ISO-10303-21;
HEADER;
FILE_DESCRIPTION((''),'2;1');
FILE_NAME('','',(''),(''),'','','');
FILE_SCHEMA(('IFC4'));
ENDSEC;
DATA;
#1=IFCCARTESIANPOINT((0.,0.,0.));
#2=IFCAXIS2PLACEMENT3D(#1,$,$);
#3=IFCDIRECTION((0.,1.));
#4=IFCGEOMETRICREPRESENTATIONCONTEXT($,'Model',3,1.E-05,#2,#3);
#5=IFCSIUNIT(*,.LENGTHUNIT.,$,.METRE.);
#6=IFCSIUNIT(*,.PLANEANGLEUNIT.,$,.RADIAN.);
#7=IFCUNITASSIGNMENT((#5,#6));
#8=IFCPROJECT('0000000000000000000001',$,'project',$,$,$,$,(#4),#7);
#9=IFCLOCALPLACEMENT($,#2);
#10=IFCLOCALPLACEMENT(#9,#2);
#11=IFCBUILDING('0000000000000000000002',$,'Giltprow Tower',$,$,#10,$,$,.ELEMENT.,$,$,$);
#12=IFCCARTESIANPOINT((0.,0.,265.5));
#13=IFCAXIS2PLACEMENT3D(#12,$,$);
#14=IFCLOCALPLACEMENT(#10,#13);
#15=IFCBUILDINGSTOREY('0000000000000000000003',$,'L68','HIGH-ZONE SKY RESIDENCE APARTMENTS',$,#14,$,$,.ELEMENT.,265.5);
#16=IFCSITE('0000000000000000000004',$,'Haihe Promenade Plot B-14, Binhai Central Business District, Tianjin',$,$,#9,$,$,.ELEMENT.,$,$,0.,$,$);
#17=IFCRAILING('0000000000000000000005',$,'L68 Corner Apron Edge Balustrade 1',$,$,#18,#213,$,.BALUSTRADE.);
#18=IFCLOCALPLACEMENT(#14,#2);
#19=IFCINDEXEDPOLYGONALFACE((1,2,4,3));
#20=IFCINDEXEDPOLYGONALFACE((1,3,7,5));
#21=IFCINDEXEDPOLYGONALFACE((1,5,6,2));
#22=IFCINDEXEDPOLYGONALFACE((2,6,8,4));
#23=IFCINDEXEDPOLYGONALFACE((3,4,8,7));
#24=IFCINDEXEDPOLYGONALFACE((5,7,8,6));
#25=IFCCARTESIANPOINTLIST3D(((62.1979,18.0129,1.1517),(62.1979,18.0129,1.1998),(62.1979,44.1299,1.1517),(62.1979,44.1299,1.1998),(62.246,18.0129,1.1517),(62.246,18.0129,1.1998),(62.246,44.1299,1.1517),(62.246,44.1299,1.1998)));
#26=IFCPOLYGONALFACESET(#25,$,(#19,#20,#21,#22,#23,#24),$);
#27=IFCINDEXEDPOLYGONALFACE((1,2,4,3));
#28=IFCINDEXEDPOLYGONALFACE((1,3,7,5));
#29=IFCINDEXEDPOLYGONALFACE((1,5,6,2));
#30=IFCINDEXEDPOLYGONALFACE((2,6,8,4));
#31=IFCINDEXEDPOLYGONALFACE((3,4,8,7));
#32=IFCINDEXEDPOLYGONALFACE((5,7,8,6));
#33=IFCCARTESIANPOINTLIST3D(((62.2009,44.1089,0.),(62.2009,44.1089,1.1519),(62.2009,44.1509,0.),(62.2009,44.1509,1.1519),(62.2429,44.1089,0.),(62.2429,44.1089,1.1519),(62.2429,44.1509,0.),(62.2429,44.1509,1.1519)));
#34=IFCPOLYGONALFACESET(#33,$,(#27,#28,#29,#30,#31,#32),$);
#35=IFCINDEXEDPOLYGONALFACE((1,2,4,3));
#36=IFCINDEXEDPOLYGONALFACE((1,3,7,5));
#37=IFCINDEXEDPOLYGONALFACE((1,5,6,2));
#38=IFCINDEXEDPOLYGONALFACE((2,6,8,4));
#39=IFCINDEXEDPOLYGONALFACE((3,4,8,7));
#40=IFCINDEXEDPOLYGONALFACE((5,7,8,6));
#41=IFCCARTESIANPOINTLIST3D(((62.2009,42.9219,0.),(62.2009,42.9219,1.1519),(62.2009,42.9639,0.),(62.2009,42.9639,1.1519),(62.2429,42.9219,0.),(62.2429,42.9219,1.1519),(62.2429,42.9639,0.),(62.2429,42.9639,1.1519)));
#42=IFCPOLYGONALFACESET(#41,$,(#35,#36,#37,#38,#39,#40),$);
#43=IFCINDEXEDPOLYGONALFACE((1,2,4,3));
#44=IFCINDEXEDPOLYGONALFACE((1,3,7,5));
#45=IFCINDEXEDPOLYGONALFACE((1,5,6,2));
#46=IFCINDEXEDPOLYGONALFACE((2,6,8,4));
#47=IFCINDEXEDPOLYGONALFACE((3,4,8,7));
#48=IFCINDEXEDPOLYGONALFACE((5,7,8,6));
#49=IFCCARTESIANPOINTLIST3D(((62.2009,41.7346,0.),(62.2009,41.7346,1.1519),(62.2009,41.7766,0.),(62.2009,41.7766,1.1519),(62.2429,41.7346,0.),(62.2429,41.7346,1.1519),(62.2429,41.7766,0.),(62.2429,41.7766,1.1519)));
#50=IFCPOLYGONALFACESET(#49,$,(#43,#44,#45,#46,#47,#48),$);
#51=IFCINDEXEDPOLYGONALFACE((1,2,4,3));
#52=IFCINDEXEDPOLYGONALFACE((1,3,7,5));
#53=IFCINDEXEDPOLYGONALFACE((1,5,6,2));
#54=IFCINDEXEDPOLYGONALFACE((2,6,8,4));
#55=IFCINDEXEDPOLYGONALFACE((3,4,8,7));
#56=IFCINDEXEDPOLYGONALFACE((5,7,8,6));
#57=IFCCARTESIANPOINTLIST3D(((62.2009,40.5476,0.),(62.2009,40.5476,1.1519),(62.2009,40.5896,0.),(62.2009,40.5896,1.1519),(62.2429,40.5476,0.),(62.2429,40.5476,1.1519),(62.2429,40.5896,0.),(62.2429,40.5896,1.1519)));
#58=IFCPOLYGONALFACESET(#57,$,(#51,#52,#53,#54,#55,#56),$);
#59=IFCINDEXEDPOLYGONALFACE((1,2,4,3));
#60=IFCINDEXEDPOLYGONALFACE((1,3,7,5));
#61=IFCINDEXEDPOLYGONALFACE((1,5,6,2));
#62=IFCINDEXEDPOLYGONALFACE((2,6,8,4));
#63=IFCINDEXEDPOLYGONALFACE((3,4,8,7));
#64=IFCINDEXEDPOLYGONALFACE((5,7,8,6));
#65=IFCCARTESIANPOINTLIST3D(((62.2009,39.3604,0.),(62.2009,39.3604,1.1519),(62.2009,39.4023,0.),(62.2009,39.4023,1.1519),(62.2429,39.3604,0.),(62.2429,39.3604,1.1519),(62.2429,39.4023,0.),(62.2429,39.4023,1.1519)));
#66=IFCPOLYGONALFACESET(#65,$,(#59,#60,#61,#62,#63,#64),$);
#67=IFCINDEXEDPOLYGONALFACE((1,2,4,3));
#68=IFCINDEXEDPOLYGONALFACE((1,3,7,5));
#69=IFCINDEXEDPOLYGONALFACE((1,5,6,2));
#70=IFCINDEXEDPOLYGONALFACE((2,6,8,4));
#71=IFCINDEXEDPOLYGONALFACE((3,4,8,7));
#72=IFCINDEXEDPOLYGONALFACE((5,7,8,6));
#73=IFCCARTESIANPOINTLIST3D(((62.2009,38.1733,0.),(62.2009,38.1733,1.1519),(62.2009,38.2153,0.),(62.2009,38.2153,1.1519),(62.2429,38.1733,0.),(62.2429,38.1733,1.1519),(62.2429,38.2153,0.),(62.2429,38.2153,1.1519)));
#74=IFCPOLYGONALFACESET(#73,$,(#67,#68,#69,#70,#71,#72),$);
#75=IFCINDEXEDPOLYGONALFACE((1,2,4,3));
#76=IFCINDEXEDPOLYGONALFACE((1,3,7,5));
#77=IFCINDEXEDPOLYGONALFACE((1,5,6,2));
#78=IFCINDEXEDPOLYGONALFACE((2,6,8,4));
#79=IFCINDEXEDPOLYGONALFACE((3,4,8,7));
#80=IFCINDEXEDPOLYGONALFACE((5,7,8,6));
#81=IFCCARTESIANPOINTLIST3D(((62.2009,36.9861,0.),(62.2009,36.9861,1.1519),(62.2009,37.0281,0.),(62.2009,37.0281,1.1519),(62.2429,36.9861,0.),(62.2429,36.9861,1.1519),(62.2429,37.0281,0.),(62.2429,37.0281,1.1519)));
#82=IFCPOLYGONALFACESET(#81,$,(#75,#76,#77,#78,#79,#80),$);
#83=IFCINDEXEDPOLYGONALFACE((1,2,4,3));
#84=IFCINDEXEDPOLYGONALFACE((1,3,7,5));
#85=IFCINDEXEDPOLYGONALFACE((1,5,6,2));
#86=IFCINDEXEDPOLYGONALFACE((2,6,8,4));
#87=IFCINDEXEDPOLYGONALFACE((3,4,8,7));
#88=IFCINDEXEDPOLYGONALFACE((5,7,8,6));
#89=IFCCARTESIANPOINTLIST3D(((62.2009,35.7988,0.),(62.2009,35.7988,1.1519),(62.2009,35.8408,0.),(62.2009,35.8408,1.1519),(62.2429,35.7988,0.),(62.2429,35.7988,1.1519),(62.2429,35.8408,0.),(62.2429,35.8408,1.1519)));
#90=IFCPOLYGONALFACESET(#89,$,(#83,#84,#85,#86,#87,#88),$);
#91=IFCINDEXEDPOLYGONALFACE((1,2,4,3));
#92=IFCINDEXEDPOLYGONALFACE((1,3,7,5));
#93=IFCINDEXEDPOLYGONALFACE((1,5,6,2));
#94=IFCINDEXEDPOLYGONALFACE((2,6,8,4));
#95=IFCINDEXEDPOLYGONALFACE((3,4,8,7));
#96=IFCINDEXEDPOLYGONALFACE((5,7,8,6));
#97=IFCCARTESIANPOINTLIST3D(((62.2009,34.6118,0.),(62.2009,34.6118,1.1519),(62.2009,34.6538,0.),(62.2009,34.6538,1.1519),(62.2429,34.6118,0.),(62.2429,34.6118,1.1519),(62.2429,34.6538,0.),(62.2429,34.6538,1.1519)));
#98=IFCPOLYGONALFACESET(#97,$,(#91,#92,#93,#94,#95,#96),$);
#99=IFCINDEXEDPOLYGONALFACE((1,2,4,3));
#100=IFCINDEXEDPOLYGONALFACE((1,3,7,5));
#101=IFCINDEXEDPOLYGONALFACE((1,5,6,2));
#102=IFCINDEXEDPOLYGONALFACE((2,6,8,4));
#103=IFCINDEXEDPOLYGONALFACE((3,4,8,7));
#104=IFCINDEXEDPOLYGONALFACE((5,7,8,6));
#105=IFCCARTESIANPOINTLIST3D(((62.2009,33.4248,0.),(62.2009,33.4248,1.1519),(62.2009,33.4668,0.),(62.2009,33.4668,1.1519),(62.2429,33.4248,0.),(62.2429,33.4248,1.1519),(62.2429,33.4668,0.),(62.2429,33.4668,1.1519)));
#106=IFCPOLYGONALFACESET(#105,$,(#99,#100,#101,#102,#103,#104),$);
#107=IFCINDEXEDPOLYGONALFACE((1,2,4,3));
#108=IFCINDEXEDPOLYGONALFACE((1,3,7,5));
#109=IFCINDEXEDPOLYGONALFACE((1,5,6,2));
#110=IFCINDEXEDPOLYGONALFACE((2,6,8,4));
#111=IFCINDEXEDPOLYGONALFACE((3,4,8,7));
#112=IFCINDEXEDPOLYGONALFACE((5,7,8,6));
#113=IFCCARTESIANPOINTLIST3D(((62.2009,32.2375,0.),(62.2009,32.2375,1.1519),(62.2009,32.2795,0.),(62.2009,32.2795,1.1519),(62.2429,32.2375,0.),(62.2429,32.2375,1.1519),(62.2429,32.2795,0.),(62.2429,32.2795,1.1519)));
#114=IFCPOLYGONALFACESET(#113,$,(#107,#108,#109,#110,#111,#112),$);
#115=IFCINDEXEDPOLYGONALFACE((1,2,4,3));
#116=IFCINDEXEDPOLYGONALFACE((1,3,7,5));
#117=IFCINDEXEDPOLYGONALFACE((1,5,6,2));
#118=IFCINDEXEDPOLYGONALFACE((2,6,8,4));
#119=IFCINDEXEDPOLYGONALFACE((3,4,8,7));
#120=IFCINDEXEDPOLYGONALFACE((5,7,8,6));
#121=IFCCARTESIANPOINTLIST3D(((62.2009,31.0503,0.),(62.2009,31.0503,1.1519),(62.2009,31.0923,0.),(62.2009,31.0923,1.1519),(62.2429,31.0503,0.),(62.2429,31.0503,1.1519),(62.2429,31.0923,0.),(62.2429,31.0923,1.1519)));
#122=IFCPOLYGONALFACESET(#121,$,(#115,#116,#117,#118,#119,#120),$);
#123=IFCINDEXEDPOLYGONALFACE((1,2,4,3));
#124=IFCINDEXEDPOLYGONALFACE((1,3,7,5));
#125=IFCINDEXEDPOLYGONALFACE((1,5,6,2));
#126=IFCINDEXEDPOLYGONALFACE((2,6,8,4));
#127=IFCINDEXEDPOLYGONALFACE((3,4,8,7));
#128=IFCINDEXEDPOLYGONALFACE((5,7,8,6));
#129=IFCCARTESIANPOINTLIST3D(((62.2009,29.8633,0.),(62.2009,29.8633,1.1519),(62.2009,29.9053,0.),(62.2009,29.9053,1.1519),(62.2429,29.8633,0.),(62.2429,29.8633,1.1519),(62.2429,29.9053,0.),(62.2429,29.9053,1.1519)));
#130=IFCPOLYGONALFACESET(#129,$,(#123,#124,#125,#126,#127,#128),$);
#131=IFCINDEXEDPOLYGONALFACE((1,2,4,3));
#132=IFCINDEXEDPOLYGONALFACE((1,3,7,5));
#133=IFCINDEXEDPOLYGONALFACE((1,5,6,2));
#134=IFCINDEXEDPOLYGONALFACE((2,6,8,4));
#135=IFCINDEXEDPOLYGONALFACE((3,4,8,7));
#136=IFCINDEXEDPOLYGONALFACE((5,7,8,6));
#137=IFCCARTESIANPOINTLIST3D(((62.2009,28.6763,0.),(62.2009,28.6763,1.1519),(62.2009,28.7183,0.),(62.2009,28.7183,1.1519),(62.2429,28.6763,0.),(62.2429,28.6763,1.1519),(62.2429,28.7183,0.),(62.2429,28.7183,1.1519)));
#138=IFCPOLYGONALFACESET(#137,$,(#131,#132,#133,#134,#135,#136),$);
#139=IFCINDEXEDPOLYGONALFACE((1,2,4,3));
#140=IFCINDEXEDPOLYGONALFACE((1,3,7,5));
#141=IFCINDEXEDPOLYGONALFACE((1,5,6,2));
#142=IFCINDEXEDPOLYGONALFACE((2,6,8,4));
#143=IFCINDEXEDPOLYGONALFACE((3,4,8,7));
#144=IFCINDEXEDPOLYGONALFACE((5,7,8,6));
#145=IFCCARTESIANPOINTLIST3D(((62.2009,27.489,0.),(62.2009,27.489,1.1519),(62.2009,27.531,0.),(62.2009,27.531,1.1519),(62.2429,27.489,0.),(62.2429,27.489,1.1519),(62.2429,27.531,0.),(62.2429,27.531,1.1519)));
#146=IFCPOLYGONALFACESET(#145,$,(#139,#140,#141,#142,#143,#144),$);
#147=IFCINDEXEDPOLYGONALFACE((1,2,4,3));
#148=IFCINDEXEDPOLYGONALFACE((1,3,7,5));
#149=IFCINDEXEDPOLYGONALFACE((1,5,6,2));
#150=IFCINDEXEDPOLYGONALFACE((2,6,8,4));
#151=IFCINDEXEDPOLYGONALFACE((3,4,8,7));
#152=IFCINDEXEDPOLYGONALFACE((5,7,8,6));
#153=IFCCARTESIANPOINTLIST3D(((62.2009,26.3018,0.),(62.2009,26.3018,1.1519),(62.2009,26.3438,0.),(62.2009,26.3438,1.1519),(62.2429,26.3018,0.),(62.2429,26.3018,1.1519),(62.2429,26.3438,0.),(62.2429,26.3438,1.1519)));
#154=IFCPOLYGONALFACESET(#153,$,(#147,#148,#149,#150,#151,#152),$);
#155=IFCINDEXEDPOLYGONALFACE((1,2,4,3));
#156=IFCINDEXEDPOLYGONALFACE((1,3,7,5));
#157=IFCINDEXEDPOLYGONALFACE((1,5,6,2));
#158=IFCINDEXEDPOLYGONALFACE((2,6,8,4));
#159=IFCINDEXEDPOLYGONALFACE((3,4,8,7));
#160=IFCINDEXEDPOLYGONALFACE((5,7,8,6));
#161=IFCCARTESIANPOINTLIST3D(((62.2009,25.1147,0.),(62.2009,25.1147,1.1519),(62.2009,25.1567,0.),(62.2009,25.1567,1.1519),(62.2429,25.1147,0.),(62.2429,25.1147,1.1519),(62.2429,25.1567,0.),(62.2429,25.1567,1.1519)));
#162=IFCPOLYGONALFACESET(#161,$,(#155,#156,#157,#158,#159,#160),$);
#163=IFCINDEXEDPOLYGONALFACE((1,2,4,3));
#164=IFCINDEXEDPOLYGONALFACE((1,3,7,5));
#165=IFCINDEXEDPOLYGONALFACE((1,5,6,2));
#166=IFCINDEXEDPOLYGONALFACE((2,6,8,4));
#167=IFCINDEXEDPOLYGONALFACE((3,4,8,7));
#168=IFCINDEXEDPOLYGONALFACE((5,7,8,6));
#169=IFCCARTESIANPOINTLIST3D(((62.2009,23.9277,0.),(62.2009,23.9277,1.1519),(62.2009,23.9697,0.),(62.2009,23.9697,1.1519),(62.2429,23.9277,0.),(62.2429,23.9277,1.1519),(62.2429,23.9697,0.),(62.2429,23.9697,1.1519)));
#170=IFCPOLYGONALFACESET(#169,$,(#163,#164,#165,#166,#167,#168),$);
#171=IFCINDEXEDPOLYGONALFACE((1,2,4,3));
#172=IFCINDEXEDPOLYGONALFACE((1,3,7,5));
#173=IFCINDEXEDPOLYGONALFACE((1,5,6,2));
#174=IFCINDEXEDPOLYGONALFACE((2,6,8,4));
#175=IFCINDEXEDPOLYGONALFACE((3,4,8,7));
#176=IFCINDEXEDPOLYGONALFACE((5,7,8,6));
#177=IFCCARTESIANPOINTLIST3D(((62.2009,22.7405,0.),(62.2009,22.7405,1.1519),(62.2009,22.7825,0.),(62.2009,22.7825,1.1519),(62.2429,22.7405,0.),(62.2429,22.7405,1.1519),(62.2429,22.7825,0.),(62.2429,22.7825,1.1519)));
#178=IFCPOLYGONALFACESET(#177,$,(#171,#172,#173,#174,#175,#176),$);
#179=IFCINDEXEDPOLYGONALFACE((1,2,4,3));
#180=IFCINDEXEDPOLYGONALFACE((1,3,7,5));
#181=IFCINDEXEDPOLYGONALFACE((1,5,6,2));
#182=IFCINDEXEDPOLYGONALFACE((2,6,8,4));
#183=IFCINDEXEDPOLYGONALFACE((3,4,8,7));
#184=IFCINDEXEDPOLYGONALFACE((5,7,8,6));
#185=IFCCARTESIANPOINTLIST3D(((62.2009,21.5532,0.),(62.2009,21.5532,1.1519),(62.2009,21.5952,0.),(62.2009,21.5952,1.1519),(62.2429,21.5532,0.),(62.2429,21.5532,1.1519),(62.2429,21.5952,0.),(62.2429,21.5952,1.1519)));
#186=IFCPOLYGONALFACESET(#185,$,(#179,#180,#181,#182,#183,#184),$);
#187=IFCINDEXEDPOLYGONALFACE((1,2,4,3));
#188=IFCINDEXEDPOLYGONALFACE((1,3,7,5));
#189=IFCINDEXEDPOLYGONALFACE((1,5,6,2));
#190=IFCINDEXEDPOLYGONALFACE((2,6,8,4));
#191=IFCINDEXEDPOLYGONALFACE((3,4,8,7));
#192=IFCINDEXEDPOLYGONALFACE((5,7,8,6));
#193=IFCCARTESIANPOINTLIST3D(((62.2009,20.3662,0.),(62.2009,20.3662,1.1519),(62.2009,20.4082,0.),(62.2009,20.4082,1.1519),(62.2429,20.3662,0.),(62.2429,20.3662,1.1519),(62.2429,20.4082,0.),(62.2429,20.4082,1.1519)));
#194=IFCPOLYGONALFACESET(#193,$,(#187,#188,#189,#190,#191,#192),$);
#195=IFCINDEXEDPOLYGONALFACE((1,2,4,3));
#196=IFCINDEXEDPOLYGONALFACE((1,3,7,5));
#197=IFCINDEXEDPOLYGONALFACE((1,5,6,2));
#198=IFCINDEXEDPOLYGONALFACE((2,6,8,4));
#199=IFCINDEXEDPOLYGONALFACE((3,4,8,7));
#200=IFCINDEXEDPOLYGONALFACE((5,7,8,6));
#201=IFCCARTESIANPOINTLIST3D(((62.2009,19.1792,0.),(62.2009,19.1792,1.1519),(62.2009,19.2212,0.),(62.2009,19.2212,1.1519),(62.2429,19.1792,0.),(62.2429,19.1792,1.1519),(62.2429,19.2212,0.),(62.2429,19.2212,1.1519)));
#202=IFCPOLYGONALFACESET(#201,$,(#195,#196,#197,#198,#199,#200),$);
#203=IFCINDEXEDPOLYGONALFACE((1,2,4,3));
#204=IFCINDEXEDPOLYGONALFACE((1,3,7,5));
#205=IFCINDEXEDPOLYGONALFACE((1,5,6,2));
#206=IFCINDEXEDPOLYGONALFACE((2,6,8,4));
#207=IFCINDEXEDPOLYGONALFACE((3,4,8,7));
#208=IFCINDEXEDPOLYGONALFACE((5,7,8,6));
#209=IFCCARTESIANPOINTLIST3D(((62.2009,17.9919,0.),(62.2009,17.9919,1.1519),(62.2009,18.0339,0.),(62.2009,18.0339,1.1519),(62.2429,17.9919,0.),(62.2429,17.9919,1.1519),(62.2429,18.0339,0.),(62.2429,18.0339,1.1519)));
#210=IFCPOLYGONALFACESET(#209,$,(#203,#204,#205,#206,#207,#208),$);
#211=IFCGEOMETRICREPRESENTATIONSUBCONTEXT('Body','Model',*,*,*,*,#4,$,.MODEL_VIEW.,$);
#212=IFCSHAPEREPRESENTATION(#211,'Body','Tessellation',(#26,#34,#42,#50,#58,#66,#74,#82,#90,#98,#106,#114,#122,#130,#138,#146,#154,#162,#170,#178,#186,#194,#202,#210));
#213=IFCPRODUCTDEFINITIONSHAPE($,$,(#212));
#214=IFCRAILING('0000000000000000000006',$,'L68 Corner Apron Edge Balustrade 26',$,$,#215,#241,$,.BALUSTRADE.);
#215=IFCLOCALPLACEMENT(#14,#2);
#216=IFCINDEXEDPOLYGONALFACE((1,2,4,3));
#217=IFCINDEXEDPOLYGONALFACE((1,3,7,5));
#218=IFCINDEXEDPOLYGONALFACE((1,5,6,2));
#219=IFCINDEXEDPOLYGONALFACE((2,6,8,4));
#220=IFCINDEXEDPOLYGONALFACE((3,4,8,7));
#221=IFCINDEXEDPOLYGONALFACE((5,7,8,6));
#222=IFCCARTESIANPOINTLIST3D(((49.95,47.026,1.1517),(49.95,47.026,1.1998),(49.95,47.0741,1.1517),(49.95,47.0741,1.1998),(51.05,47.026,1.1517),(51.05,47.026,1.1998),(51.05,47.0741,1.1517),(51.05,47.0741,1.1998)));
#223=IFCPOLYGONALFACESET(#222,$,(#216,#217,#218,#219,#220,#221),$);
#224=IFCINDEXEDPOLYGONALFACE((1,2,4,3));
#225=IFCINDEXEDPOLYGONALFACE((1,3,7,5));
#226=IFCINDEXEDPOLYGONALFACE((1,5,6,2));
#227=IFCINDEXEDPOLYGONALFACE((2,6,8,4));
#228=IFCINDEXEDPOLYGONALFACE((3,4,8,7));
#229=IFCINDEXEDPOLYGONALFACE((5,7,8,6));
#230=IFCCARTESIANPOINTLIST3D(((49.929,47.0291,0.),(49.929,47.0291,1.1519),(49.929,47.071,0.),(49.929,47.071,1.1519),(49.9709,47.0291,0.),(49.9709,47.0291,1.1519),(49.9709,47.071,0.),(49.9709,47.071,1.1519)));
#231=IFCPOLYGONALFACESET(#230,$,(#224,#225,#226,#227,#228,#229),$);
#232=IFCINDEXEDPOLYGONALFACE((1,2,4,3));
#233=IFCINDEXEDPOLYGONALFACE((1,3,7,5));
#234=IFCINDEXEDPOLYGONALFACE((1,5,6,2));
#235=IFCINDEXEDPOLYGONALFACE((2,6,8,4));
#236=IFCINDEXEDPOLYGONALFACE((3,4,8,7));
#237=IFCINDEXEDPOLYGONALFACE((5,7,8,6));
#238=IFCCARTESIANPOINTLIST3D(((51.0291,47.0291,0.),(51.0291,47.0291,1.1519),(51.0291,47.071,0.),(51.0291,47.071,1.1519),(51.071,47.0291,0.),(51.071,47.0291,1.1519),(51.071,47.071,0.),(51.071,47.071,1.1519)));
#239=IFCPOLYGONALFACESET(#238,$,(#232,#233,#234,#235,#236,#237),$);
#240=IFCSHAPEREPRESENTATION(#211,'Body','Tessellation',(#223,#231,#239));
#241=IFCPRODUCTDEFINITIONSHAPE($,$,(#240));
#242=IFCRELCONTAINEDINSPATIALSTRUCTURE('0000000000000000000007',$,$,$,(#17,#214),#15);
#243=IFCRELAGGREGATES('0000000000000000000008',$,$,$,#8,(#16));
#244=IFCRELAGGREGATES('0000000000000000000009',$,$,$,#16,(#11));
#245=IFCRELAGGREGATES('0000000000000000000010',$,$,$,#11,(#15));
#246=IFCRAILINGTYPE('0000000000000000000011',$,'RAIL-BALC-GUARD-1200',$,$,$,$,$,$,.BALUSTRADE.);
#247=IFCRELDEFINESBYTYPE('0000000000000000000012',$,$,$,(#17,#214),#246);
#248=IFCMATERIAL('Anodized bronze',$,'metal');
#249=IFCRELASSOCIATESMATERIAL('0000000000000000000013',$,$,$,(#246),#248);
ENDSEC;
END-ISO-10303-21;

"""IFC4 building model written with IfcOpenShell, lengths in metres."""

from ifc_helpers import new_model, si_unit, direction, frame, origin, origin_2d, place, context, subcontext, project, spatial, rectangle, extrude, material, type_object, element, save


model = new_model("IFC4")

# Units and contexts
model_context = context("Model", 3, precision=1e-05, world=origin(), true_north=direction((0.0, 1.0)))
body_context = subcontext(model_context, "Body", "Model", "MODEL_VIEW")
ifc_project = project(units=[si_unit("LENGTHUNIT", "METRE"), si_unit("PLANEANGLEUNIT", "RADIAN")], contexts=[model_context])

# Site, building, storey
site_placement = place(None, origin())
site = spatial("IfcSite", under=ifc_project, at=site_placement, Name="Haihe Promenade Plot B-14, Binhai Central Business District, Tianjin", CompositionType="ELEMENT", RefElevation=0.0)
building_placement = place(site_placement, origin())
building = spatial("IfcBuilding", under=site, at=building_placement, Name="Giltprow Tower", CompositionType="ELEMENT")
storey_placement = place(building_placement, frame((0.0, 0.0, 265.5)))
storey = spatial("IfcBuildingStorey", under=building, at=storey_placement, Name="L68", Description="HIGH-ZONE SKY RESIDENCE APARTMENTS", CompositionType="ELEMENT", Elevation=265.5)

# Railings
ifc_material_1 = material(Name="Anodized bronze", Category="metal")
railing_type = type_object("IfcRailingType", Name="RAIL-BALC-GUARD-1200", PredefinedType="BALUSTRADE", material=ifc_material_1)
railing_1_placement = place(storey_placement, frame((62.2219, 44.1299, 0.0)))
element("IfcRailing", 1, at=railing_1_placement, inside=storey, type_object=railing_type, Name="L68 Corner Apron Edge Balustrade 1", PredefinedType="BALUSTRADE", context=body_context, shape_type="SweptSolid", body=[
    extrude(rectangle(XDim=0.0481, YDim=0.0481, at=origin_2d()), frame((0.0, 0.0, 1.1758), z_axis=(0.0, -1.0, 0.0), x_axis=(1.0, 0.0, 0.0)), (0.0, 0.0, 1.0), 26.1169),
    extrude(rectangle(XDim=0.042, YDim=0.042, at=origin_2d()), origin(), (0.0, 0.0, 1.0), 1.1519),
    extrude(rectangle(XDim=0.042, YDim=0.042, at=origin_2d()), frame((0.0, -1.187, 0.0)), (0.0, 0.0, 1.0), 1.1519),
    extrude(rectangle(XDim=0.042, YDim=0.042, at=origin_2d()), frame((0.0, -2.3743, 0.0)), (0.0, 0.0, 1.0), 1.1519),
    extrude(rectangle(XDim=0.042, YDim=0.042, at=origin_2d()), frame((0.0, -3.5613, 0.0)), (0.0, 0.0, 1.0), 1.1519),
    extrude(rectangle(XDim=0.042, YDim=0.042, at=origin_2d()), frame((0.0, -4.7485, 0.0)), (0.0, 0.0, 1.0), 1.1519),
    extrude(rectangle(XDim=0.042, YDim=0.042, at=origin_2d()), frame((0.0, -5.9355, 0.0)), (0.0, 0.0, 1.0), 1.1519),
    extrude(rectangle(XDim=0.042, YDim=0.042, at=origin_2d()), frame((0.0, -7.1228, 0.0)), (0.0, 0.0, 1.0), 1.1519),
    extrude(rectangle(XDim=0.042, YDim=0.042, at=origin_2d()), frame((0.0, -8.3101, 0.0)), (0.0, 0.0, 1.0), 1.1519),
    extrude(rectangle(XDim=0.042, YDim=0.042, at=origin_2d()), frame((0.0, -9.4971, 0.0)), (0.0, 0.0, 1.0), 1.1519),
    extrude(rectangle(XDim=0.042, YDim=0.042, at=origin_2d()), frame((0.0, -10.6841, 0.0)), (0.0, 0.0, 1.0), 1.1519),
    extrude(rectangle(XDim=0.042, YDim=0.042, at=origin_2d()), frame((0.0, -11.8713, 0.0)), (0.0, 0.0, 1.0), 1.1519),
    extrude(rectangle(XDim=0.042, YDim=0.042, at=origin_2d()), frame((0.0, -13.0586, 0.0)), (0.0, 0.0, 1.0), 1.1519),
    extrude(rectangle(XDim=0.042, YDim=0.042, at=origin_2d()), frame((0.0, -14.2456, 0.0)), (0.0, 0.0, 1.0), 1.1519),
    extrude(rectangle(XDim=0.042, YDim=0.042, at=origin_2d()), frame((0.0, -15.4326, 0.0)), (0.0, 0.0, 1.0), 1.1519),
    extrude(rectangle(XDim=0.042, YDim=0.042, at=origin_2d()), frame((0.0, -16.6199, 0.0)), (0.0, 0.0, 1.0), 1.1519),
    extrude(rectangle(XDim=0.042, YDim=0.042, at=origin_2d()), frame((0.0, -17.8071, 0.0)), (0.0, 0.0, 1.0), 1.1519),
    extrude(rectangle(XDim=0.042, YDim=0.042, at=origin_2d()), frame((0.0, -18.9941, 0.0)), (0.0, 0.0, 1.0), 1.1519),
    extrude(rectangle(XDim=0.042, YDim=0.042, at=origin_2d()), frame((0.0, -20.1812, 0.0)), (0.0, 0.0, 1.0), 1.1519),
    extrude(rectangle(XDim=0.042, YDim=0.042, at=origin_2d()), frame((0.0, -21.3684, 0.0)), (0.0, 0.0, 1.0), 1.1519),
    extrude(rectangle(XDim=0.042, YDim=0.042, at=origin_2d()), frame((0.0, -22.5557, 0.0)), (0.0, 0.0, 1.0), 1.1519),
    extrude(rectangle(XDim=0.042, YDim=0.042, at=origin_2d()), frame((0.0, -23.7427, 0.0)), (0.0, 0.0, 1.0), 1.1519),
    extrude(rectangle(XDim=0.042, YDim=0.042, at=origin_2d()), frame((0.0, -24.9297, 0.0)), (0.0, 0.0, 1.0), 1.1519),
    extrude(rectangle(XDim=0.042, YDim=0.042, at=origin_2d()), frame((0.0, -26.1169, 0.0)), (0.0, 0.0, 1.0), 1.1519),
])
railing_2_placement = place(storey_placement, frame((49.95, 47.05, 0.0)))
element("IfcRailing", 2, at=railing_2_placement, inside=storey, type_object=railing_type, Name="L68 Corner Apron Edge Balustrade 26", PredefinedType="BALUSTRADE", context=body_context, shape_type="SweptSolid", body=[
    extrude(rectangle(XDim=0.0481, YDim=0.0481, at=origin_2d()), frame((0.0, 0.0, 1.1758), z_axis=(1.0, 0.0, 0.0), x_axis=(0.0, 1.0, 0.0)), (0.0, 0.0, 1.0), 1.1001),
    extrude(rectangle(XDim=0.042, YDim=0.042, at=origin_2d()), origin(), (0.0, 0.0, 1.0), 1.1519),
    extrude(rectangle(XDim=0.042, YDim=0.042, at=origin_2d()), frame((1.1001, 0.0, 0.0)), (0.0, 0.0, 1.0), 1.1519),
])

save(model, "model.ifc")
